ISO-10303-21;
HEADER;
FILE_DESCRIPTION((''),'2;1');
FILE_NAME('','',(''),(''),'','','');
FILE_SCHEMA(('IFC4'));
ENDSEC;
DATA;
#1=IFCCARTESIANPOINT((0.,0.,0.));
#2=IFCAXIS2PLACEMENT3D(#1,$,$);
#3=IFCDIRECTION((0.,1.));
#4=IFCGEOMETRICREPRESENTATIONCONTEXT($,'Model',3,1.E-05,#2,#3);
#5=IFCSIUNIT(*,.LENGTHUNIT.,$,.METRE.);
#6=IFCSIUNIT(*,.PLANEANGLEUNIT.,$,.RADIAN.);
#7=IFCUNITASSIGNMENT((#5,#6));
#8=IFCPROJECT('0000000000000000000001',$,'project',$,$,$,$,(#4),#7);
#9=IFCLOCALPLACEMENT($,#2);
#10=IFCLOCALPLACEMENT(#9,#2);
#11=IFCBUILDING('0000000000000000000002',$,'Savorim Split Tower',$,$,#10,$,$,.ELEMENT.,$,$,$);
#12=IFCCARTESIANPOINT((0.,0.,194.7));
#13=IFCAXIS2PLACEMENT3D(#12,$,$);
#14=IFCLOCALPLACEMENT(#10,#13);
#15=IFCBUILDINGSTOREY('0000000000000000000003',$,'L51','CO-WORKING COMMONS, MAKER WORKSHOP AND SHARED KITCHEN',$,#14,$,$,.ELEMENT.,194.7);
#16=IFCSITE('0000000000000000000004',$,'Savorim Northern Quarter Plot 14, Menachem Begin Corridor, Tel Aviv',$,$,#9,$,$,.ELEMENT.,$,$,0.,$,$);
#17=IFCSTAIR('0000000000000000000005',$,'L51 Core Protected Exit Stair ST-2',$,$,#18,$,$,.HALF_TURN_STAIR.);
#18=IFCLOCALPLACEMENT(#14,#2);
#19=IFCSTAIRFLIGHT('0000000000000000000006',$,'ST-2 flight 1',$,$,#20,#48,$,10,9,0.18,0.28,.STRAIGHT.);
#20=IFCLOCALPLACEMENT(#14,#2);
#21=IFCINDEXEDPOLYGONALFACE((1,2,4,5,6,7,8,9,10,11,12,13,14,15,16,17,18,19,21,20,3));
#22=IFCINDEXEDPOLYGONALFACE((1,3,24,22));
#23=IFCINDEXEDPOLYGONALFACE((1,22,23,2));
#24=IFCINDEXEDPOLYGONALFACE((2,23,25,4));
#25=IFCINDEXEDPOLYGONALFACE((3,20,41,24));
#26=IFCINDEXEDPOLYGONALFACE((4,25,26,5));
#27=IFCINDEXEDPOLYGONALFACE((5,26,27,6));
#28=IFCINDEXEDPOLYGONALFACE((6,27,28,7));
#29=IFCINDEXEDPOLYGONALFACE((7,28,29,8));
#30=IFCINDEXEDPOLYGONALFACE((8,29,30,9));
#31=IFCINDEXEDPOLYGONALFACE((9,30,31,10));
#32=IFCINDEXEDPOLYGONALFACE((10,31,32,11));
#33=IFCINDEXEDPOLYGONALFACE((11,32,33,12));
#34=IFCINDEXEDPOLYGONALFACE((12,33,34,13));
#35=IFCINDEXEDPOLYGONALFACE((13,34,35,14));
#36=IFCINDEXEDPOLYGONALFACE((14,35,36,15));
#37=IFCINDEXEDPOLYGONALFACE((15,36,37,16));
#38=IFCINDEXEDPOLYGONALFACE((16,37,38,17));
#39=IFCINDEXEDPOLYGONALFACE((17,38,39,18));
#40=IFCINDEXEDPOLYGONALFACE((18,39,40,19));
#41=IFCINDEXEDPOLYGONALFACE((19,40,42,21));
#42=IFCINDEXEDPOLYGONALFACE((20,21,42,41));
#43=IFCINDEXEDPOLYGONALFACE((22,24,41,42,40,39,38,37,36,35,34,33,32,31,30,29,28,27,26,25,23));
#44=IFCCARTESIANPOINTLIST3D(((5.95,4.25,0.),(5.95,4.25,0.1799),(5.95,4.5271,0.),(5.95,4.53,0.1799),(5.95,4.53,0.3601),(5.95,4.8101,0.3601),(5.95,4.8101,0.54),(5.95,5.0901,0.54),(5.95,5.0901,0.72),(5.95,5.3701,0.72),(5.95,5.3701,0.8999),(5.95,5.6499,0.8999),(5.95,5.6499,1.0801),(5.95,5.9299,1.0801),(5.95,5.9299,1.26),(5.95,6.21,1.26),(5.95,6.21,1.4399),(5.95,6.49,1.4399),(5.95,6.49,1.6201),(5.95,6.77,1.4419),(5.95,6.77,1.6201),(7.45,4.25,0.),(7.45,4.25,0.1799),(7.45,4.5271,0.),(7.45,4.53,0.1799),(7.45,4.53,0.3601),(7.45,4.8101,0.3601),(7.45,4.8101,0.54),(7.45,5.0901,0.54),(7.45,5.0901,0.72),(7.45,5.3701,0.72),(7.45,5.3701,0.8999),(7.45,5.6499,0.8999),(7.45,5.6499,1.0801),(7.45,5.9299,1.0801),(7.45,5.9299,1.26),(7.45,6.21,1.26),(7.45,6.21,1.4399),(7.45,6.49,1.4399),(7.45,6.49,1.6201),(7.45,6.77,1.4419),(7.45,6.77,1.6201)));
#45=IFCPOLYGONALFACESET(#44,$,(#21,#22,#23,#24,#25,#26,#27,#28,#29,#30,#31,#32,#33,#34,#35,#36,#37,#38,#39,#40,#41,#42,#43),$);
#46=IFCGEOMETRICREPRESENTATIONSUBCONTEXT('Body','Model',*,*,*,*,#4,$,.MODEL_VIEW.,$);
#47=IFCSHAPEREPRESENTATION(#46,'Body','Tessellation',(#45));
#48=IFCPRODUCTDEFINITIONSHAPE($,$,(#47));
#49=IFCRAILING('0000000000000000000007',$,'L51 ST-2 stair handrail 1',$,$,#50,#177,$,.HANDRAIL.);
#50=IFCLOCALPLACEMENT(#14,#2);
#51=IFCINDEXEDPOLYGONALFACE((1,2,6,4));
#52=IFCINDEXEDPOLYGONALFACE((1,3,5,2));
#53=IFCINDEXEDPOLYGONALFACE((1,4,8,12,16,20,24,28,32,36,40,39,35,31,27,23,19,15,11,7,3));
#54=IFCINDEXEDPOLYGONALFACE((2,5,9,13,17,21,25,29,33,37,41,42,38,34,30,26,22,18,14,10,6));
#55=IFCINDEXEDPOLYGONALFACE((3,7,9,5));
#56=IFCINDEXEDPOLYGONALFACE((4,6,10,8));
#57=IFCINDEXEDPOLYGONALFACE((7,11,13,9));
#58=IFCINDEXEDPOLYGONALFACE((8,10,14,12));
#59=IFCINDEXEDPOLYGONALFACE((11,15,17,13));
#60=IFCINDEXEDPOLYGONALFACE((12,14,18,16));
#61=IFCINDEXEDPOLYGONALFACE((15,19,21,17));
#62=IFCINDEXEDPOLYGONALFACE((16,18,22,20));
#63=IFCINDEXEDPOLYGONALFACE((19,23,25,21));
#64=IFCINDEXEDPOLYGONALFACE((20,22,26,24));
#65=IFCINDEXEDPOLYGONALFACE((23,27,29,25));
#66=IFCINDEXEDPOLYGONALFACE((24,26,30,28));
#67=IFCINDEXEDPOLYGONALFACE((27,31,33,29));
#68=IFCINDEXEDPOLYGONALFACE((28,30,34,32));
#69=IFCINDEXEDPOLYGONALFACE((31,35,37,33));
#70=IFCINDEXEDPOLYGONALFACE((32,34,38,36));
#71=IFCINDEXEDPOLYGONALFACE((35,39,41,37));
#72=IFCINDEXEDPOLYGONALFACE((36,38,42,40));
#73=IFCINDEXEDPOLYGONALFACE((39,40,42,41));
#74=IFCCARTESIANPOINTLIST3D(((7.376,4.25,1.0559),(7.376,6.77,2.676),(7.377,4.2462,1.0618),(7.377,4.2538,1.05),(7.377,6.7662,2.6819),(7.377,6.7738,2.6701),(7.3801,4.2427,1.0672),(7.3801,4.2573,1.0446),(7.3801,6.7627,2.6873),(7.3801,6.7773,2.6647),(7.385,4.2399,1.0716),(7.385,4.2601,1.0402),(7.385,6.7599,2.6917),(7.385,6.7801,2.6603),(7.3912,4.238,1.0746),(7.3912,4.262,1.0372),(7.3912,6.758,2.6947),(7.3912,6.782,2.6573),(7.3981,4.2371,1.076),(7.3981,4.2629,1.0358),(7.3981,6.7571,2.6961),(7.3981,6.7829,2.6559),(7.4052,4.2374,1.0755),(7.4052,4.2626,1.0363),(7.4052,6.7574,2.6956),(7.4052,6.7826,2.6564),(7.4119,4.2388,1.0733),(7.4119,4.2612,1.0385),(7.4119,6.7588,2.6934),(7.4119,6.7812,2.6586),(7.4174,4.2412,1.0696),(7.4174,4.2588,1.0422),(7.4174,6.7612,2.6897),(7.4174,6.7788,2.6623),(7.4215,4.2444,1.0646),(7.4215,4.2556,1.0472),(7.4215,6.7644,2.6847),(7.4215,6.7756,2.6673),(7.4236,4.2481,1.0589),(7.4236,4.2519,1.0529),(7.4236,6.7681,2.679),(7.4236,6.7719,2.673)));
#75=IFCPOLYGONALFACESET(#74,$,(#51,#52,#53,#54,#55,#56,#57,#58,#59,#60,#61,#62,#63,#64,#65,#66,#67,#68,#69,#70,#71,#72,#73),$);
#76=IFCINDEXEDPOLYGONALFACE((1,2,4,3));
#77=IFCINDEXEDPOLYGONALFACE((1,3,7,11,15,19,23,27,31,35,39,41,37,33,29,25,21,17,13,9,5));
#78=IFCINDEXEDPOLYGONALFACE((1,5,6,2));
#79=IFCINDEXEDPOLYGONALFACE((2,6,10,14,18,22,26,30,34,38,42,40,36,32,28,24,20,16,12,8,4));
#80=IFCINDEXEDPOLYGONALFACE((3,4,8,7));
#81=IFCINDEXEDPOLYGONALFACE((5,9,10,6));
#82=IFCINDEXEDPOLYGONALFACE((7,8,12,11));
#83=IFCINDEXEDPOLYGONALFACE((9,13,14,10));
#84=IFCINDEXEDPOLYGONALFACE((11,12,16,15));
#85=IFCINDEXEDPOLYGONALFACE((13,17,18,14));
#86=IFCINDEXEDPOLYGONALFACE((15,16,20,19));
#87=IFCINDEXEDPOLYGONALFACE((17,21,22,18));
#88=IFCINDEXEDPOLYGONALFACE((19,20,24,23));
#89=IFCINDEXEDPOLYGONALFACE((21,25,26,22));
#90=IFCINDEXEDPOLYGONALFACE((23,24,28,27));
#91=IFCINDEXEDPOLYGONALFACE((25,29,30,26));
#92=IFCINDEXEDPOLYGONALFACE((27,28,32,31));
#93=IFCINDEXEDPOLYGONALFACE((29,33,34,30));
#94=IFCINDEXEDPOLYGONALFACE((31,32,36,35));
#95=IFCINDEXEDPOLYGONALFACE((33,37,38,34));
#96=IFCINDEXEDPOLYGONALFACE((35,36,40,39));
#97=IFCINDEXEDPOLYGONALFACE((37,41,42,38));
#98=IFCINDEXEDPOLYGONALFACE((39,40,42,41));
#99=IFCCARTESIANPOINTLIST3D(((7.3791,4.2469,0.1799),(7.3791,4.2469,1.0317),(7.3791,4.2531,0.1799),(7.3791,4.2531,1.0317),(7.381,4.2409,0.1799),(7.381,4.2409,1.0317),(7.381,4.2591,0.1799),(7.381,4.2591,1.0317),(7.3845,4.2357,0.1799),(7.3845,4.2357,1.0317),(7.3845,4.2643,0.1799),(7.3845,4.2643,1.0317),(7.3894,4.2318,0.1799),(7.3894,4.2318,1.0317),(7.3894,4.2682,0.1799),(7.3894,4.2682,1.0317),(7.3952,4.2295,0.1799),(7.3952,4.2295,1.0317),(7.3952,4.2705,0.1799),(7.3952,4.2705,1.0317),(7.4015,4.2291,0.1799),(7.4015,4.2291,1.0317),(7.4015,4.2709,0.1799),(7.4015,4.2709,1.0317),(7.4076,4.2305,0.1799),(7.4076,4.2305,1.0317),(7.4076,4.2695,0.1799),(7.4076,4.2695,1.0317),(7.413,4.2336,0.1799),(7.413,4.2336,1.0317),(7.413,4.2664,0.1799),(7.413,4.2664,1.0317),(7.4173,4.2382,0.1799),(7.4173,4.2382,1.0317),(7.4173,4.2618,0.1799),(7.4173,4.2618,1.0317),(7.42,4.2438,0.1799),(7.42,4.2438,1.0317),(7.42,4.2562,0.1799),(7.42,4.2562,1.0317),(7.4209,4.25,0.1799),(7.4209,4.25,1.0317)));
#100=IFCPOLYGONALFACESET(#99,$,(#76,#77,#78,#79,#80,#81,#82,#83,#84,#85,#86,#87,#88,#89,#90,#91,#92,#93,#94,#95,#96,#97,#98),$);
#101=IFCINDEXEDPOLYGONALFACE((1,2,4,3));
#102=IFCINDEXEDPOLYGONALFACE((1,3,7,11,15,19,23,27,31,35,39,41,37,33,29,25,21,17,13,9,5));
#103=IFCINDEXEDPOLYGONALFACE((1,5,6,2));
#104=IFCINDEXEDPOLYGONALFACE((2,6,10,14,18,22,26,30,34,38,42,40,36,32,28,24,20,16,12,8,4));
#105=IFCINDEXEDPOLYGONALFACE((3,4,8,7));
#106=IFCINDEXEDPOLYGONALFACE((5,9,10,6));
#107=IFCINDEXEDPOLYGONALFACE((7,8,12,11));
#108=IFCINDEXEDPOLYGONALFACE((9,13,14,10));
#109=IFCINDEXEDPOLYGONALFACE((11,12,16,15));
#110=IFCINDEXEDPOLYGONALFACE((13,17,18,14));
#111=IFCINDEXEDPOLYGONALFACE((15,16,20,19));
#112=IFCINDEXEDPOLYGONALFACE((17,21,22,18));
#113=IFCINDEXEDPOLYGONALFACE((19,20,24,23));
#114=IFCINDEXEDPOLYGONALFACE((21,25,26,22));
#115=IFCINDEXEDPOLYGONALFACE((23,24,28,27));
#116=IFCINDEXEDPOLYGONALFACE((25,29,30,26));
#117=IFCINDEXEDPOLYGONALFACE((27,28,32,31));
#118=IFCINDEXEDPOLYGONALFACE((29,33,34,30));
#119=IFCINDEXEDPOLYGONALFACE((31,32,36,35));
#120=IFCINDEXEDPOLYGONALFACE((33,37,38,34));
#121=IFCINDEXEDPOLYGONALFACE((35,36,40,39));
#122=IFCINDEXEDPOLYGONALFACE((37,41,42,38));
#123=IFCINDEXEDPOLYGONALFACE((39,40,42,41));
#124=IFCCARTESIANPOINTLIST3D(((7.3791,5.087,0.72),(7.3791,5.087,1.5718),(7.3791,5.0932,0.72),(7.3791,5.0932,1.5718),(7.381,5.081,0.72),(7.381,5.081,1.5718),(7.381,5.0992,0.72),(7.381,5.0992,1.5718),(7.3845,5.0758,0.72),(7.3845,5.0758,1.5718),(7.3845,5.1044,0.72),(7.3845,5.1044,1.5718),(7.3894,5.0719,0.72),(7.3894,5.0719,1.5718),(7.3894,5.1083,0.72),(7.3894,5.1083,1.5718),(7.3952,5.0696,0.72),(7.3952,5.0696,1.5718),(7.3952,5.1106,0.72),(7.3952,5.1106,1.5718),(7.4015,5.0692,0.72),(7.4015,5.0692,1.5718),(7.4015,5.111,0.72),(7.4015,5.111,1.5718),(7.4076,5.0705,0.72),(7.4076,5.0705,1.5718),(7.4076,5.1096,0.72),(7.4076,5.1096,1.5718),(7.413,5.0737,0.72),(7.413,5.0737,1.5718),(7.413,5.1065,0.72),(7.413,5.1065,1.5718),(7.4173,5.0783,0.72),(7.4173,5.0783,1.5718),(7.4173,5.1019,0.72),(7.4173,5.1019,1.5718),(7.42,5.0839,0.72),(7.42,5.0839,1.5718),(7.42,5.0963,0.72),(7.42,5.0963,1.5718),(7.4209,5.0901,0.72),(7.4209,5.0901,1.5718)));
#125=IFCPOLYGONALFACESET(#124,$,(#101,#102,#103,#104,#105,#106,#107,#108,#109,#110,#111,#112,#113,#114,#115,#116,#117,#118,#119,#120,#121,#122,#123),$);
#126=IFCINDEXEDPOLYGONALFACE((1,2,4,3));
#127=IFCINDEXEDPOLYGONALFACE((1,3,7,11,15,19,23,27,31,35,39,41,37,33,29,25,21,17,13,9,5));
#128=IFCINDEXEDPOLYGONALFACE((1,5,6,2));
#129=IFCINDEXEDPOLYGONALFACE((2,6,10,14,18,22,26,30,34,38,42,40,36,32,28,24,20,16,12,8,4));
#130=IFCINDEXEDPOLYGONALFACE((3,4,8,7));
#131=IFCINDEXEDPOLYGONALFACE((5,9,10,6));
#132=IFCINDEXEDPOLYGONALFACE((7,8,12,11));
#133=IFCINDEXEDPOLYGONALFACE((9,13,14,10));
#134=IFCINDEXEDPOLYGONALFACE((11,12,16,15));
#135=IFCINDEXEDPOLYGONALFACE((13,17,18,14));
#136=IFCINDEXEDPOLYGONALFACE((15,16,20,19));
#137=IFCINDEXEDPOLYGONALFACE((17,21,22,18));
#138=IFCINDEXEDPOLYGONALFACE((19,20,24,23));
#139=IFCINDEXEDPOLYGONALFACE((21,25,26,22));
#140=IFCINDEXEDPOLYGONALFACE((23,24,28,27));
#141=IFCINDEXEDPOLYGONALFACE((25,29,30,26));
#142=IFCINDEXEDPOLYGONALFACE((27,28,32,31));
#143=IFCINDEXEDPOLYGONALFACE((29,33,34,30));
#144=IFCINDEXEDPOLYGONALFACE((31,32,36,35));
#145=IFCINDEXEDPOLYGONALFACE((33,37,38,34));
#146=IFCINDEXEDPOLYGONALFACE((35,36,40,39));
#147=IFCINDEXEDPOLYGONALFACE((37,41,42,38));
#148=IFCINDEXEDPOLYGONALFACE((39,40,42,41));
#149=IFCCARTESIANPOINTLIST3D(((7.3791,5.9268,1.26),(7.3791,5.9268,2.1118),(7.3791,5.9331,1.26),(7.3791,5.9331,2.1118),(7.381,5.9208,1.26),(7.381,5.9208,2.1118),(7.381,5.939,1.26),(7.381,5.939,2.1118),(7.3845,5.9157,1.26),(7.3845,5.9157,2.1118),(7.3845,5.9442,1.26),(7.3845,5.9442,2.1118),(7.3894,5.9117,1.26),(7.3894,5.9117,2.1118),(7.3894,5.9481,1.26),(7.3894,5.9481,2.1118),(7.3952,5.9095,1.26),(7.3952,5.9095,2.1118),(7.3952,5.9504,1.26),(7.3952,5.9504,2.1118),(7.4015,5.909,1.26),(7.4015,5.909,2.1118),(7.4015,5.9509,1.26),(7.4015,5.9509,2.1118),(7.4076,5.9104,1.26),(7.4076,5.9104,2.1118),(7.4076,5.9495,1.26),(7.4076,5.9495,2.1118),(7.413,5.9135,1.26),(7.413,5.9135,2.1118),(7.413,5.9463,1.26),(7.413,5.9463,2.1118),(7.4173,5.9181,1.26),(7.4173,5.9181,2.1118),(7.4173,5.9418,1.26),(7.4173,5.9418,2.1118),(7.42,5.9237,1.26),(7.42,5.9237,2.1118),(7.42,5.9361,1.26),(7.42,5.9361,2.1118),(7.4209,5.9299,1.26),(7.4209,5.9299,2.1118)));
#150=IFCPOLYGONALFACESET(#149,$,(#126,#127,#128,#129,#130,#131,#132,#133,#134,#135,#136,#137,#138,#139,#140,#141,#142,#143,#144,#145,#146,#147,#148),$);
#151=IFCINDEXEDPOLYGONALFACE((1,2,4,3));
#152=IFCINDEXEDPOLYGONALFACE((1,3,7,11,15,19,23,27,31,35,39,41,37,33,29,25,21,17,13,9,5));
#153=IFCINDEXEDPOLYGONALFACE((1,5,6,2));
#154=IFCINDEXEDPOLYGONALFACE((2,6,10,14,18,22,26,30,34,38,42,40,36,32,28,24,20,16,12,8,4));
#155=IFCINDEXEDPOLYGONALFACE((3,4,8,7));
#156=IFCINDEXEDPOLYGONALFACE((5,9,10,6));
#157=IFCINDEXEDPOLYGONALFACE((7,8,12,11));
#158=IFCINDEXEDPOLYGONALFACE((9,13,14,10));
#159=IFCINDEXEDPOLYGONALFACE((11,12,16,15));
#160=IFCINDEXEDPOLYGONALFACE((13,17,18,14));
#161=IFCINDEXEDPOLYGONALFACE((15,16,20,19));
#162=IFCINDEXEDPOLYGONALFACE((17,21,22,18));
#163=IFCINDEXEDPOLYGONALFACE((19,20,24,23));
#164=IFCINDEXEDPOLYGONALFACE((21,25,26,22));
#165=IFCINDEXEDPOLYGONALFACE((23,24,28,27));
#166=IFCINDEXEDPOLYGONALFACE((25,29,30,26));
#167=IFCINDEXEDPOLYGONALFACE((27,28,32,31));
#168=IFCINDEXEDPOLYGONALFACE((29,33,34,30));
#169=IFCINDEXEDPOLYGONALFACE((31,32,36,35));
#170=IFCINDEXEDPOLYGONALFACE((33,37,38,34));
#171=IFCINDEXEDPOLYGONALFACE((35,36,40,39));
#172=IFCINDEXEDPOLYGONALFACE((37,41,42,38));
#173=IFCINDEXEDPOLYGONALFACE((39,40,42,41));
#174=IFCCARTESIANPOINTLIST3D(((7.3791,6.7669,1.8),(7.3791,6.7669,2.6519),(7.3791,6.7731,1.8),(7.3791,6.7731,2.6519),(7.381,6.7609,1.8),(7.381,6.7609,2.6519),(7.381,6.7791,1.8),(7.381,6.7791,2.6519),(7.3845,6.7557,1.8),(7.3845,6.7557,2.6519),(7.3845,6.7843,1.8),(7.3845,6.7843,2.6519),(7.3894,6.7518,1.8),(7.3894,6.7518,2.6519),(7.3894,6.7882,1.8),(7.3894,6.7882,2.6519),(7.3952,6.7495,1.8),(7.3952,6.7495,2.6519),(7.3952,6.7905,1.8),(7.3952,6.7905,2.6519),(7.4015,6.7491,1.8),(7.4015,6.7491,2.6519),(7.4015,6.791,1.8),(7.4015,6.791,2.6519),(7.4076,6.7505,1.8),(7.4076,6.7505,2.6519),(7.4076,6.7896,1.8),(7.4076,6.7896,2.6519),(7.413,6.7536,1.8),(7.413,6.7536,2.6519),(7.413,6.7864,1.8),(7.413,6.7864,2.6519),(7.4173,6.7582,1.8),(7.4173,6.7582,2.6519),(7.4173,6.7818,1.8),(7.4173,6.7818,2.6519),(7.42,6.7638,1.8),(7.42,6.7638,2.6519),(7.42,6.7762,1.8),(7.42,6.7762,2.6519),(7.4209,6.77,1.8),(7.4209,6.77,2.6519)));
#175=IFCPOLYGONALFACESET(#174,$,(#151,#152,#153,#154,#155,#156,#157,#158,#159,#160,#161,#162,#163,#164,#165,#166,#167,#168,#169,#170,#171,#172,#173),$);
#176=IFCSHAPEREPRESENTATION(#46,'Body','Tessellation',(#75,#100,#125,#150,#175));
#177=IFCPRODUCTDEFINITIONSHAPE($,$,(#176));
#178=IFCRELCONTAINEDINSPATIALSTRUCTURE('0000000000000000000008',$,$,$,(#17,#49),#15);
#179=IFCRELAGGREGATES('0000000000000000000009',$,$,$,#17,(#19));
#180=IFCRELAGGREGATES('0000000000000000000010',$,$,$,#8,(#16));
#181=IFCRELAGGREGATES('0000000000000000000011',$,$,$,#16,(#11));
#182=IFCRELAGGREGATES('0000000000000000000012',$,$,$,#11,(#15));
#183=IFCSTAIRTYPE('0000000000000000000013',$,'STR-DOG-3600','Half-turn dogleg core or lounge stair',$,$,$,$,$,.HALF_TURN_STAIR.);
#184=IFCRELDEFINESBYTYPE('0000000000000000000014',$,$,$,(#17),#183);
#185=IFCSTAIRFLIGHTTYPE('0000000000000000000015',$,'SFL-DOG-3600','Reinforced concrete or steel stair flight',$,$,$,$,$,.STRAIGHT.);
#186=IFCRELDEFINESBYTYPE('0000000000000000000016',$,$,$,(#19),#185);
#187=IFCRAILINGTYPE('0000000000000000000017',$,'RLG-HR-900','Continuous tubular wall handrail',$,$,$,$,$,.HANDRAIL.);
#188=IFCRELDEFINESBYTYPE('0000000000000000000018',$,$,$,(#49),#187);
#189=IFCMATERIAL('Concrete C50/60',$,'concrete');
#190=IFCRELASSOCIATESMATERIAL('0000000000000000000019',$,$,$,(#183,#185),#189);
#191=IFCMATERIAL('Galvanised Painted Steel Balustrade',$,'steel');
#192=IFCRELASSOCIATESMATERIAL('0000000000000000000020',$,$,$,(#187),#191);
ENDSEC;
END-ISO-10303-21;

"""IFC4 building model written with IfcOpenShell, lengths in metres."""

from ifc_helpers import new_model, si_unit, direction, frame, origin, origin_2d, place, context, subcontext, project, spatial, polyline, circle, outline, extrude, material, type_object, element, aggregate, save


model = new_model("IFC4")

# Units and contexts
model_context = context("Model", 3, precision=1e-05, world=origin(), true_north=direction((0.0, 1.0)))
body_context = subcontext(model_context, "Body", "Model", "MODEL_VIEW")
ifc_project = project(units=[si_unit("LENGTHUNIT", "METRE"), si_unit("PLANEANGLEUNIT", "RADIAN")], contexts=[model_context])

# Site, building, storey
site_placement = place(None, origin())
site = spatial("IfcSite", under=ifc_project, at=site_placement, Name="Savorim Northern Quarter Plot 14, Menachem Begin Corridor, Tel Aviv", CompositionType="ELEMENT", RefElevation=0.0)
building_placement = place(site_placement, origin())
building = spatial("IfcBuilding", under=site, at=building_placement, Name="Savorim Split Tower", CompositionType="ELEMENT")
storey_placement = place(building_placement, frame((0.0, 0.0, 194.7)))
storey = spatial("IfcBuildingStorey", under=building, at=storey_placement, Name="L51", Description="CO-WORKING COMMONS, MAKER WORKSHOP AND SHARED KITCHEN", CompositionType="ELEMENT", Elevation=194.7)

# Shared definitions
ifc_material_1 = material(Name="Concrete C50/60", Category="concrete")

# Stair, stair flight
stair_type = type_object("IfcStairType", Name="STR-DOG-3600", Description="Half-turn dogleg core or lounge stair", PredefinedType="HALF_TURN_STAIR", material=ifc_material_1)
stair_placement = place(storey_placement, origin())
stair = element("IfcStair", 1, at=stair_placement, inside=storey, type_object=stair_type, Name="L51 Core Protected Exit Stair ST-2", PredefinedType="HALF_TURN_STAIR")
stair_flight_type = type_object("IfcStairFlightType", Name="SFL-DOG-3600", Description="Reinforced concrete or steel stair flight", PredefinedType="STRAIGHT", material=ifc_material_1)
stair_flight_placement = place(storey_placement, frame((6.7, 4.25, 0.0), z_axis=(0.0, 0.0, 1.0), x_axis=(0.0, 1.0, 0.0)))
stair_flight = element("IfcStairFlight", 2, at=stair_flight_placement, type_object=stair_flight_type, Name="ST-2 flight 1", NumberOfRisers=10, NumberOfTreads=9, PredefinedType="STRAIGHT", RiserHeight=0.18, TreadLength=0.28, context=body_context, shape_type="SweptSolid", body=[
    extrude(outline(polyline([(0.0, 0.0), (0.0, 0.1799), (0.28, 0.1799), (0.28, 0.3601), (0.5601, 0.3601), (0.5601, 0.54), (0.8401, 0.54), (0.8401, 0.72), (1.1201, 0.72), (1.1201, 0.8999), (1.3999, 0.8999), (1.3999, 1.0801), (1.6799, 1.0801), (1.6799, 1.26), (1.96, 1.26), (1.96, 1.4399), (2.24, 1.4399), (2.24, 1.6201), (2.52, 1.6201), (2.52, 1.8), (2.52, 1.4419), (0.2771, 0.0), (0.0, 0.0)])), frame((0.0, 0.75, 0.0), z_axis=(0.0, -1.0, 0.0), x_axis=(1.0, 0.0, 0.0)), (0.0, 0.0, 1.0), 1.5),
])
aggregate(stair, [stair_flight])

# Railing
ifc_material_2 = material(Name="Galvanised Painted Steel Balustrade", Category="steel")
railing_type_1 = type_object("IfcRailingType", Name="RLG-HR-900", Description="Continuous tubular wall handrail", PredefinedType="HANDRAIL", material=ifc_material_2)
railing_1_placement = place(storey_placement, frame((7.3999, 4.25, 0.1799)))
element("IfcRailing", 3, at=railing_1_placement, inside=storey, type_object=railing_type_1, Name="L51 ST-2 stair handrail 1", PredefinedType="HANDRAIL", context=body_context, shape_type="SweptSolid", body=[
    extrude(circle(Radius=0.0239, at=origin_2d()), frame((0.0, 0.0, 0.876), z_axis=(0.0, 0.841163, 0.540782), x_axis=(-1.0, 0.0, 0.0)), (0.0, 0.0, 1.0), 2.9958),
    extrude(circle(Radius=0.021, at=origin_2d()), origin(), (0.0, 0.0, 1.0), 0.8518),
    extrude(circle(Radius=0.021, at=origin_2d()), frame((0.0, 0.8401, 0.54)), (0.0, 0.0, 1.0), 0.8518),
    extrude(circle(Radius=0.021, at=origin_2d()), frame((0.0, 1.6799, 1.0801)), (0.0, 0.0, 1.0), 0.8518),
    extrude(circle(Radius=0.021, at=origin_2d()), frame((0.0, 2.52, 1.6201)), (0.0, 0.0, 1.0), 0.8518),
])

save(model, "model.ifc")
